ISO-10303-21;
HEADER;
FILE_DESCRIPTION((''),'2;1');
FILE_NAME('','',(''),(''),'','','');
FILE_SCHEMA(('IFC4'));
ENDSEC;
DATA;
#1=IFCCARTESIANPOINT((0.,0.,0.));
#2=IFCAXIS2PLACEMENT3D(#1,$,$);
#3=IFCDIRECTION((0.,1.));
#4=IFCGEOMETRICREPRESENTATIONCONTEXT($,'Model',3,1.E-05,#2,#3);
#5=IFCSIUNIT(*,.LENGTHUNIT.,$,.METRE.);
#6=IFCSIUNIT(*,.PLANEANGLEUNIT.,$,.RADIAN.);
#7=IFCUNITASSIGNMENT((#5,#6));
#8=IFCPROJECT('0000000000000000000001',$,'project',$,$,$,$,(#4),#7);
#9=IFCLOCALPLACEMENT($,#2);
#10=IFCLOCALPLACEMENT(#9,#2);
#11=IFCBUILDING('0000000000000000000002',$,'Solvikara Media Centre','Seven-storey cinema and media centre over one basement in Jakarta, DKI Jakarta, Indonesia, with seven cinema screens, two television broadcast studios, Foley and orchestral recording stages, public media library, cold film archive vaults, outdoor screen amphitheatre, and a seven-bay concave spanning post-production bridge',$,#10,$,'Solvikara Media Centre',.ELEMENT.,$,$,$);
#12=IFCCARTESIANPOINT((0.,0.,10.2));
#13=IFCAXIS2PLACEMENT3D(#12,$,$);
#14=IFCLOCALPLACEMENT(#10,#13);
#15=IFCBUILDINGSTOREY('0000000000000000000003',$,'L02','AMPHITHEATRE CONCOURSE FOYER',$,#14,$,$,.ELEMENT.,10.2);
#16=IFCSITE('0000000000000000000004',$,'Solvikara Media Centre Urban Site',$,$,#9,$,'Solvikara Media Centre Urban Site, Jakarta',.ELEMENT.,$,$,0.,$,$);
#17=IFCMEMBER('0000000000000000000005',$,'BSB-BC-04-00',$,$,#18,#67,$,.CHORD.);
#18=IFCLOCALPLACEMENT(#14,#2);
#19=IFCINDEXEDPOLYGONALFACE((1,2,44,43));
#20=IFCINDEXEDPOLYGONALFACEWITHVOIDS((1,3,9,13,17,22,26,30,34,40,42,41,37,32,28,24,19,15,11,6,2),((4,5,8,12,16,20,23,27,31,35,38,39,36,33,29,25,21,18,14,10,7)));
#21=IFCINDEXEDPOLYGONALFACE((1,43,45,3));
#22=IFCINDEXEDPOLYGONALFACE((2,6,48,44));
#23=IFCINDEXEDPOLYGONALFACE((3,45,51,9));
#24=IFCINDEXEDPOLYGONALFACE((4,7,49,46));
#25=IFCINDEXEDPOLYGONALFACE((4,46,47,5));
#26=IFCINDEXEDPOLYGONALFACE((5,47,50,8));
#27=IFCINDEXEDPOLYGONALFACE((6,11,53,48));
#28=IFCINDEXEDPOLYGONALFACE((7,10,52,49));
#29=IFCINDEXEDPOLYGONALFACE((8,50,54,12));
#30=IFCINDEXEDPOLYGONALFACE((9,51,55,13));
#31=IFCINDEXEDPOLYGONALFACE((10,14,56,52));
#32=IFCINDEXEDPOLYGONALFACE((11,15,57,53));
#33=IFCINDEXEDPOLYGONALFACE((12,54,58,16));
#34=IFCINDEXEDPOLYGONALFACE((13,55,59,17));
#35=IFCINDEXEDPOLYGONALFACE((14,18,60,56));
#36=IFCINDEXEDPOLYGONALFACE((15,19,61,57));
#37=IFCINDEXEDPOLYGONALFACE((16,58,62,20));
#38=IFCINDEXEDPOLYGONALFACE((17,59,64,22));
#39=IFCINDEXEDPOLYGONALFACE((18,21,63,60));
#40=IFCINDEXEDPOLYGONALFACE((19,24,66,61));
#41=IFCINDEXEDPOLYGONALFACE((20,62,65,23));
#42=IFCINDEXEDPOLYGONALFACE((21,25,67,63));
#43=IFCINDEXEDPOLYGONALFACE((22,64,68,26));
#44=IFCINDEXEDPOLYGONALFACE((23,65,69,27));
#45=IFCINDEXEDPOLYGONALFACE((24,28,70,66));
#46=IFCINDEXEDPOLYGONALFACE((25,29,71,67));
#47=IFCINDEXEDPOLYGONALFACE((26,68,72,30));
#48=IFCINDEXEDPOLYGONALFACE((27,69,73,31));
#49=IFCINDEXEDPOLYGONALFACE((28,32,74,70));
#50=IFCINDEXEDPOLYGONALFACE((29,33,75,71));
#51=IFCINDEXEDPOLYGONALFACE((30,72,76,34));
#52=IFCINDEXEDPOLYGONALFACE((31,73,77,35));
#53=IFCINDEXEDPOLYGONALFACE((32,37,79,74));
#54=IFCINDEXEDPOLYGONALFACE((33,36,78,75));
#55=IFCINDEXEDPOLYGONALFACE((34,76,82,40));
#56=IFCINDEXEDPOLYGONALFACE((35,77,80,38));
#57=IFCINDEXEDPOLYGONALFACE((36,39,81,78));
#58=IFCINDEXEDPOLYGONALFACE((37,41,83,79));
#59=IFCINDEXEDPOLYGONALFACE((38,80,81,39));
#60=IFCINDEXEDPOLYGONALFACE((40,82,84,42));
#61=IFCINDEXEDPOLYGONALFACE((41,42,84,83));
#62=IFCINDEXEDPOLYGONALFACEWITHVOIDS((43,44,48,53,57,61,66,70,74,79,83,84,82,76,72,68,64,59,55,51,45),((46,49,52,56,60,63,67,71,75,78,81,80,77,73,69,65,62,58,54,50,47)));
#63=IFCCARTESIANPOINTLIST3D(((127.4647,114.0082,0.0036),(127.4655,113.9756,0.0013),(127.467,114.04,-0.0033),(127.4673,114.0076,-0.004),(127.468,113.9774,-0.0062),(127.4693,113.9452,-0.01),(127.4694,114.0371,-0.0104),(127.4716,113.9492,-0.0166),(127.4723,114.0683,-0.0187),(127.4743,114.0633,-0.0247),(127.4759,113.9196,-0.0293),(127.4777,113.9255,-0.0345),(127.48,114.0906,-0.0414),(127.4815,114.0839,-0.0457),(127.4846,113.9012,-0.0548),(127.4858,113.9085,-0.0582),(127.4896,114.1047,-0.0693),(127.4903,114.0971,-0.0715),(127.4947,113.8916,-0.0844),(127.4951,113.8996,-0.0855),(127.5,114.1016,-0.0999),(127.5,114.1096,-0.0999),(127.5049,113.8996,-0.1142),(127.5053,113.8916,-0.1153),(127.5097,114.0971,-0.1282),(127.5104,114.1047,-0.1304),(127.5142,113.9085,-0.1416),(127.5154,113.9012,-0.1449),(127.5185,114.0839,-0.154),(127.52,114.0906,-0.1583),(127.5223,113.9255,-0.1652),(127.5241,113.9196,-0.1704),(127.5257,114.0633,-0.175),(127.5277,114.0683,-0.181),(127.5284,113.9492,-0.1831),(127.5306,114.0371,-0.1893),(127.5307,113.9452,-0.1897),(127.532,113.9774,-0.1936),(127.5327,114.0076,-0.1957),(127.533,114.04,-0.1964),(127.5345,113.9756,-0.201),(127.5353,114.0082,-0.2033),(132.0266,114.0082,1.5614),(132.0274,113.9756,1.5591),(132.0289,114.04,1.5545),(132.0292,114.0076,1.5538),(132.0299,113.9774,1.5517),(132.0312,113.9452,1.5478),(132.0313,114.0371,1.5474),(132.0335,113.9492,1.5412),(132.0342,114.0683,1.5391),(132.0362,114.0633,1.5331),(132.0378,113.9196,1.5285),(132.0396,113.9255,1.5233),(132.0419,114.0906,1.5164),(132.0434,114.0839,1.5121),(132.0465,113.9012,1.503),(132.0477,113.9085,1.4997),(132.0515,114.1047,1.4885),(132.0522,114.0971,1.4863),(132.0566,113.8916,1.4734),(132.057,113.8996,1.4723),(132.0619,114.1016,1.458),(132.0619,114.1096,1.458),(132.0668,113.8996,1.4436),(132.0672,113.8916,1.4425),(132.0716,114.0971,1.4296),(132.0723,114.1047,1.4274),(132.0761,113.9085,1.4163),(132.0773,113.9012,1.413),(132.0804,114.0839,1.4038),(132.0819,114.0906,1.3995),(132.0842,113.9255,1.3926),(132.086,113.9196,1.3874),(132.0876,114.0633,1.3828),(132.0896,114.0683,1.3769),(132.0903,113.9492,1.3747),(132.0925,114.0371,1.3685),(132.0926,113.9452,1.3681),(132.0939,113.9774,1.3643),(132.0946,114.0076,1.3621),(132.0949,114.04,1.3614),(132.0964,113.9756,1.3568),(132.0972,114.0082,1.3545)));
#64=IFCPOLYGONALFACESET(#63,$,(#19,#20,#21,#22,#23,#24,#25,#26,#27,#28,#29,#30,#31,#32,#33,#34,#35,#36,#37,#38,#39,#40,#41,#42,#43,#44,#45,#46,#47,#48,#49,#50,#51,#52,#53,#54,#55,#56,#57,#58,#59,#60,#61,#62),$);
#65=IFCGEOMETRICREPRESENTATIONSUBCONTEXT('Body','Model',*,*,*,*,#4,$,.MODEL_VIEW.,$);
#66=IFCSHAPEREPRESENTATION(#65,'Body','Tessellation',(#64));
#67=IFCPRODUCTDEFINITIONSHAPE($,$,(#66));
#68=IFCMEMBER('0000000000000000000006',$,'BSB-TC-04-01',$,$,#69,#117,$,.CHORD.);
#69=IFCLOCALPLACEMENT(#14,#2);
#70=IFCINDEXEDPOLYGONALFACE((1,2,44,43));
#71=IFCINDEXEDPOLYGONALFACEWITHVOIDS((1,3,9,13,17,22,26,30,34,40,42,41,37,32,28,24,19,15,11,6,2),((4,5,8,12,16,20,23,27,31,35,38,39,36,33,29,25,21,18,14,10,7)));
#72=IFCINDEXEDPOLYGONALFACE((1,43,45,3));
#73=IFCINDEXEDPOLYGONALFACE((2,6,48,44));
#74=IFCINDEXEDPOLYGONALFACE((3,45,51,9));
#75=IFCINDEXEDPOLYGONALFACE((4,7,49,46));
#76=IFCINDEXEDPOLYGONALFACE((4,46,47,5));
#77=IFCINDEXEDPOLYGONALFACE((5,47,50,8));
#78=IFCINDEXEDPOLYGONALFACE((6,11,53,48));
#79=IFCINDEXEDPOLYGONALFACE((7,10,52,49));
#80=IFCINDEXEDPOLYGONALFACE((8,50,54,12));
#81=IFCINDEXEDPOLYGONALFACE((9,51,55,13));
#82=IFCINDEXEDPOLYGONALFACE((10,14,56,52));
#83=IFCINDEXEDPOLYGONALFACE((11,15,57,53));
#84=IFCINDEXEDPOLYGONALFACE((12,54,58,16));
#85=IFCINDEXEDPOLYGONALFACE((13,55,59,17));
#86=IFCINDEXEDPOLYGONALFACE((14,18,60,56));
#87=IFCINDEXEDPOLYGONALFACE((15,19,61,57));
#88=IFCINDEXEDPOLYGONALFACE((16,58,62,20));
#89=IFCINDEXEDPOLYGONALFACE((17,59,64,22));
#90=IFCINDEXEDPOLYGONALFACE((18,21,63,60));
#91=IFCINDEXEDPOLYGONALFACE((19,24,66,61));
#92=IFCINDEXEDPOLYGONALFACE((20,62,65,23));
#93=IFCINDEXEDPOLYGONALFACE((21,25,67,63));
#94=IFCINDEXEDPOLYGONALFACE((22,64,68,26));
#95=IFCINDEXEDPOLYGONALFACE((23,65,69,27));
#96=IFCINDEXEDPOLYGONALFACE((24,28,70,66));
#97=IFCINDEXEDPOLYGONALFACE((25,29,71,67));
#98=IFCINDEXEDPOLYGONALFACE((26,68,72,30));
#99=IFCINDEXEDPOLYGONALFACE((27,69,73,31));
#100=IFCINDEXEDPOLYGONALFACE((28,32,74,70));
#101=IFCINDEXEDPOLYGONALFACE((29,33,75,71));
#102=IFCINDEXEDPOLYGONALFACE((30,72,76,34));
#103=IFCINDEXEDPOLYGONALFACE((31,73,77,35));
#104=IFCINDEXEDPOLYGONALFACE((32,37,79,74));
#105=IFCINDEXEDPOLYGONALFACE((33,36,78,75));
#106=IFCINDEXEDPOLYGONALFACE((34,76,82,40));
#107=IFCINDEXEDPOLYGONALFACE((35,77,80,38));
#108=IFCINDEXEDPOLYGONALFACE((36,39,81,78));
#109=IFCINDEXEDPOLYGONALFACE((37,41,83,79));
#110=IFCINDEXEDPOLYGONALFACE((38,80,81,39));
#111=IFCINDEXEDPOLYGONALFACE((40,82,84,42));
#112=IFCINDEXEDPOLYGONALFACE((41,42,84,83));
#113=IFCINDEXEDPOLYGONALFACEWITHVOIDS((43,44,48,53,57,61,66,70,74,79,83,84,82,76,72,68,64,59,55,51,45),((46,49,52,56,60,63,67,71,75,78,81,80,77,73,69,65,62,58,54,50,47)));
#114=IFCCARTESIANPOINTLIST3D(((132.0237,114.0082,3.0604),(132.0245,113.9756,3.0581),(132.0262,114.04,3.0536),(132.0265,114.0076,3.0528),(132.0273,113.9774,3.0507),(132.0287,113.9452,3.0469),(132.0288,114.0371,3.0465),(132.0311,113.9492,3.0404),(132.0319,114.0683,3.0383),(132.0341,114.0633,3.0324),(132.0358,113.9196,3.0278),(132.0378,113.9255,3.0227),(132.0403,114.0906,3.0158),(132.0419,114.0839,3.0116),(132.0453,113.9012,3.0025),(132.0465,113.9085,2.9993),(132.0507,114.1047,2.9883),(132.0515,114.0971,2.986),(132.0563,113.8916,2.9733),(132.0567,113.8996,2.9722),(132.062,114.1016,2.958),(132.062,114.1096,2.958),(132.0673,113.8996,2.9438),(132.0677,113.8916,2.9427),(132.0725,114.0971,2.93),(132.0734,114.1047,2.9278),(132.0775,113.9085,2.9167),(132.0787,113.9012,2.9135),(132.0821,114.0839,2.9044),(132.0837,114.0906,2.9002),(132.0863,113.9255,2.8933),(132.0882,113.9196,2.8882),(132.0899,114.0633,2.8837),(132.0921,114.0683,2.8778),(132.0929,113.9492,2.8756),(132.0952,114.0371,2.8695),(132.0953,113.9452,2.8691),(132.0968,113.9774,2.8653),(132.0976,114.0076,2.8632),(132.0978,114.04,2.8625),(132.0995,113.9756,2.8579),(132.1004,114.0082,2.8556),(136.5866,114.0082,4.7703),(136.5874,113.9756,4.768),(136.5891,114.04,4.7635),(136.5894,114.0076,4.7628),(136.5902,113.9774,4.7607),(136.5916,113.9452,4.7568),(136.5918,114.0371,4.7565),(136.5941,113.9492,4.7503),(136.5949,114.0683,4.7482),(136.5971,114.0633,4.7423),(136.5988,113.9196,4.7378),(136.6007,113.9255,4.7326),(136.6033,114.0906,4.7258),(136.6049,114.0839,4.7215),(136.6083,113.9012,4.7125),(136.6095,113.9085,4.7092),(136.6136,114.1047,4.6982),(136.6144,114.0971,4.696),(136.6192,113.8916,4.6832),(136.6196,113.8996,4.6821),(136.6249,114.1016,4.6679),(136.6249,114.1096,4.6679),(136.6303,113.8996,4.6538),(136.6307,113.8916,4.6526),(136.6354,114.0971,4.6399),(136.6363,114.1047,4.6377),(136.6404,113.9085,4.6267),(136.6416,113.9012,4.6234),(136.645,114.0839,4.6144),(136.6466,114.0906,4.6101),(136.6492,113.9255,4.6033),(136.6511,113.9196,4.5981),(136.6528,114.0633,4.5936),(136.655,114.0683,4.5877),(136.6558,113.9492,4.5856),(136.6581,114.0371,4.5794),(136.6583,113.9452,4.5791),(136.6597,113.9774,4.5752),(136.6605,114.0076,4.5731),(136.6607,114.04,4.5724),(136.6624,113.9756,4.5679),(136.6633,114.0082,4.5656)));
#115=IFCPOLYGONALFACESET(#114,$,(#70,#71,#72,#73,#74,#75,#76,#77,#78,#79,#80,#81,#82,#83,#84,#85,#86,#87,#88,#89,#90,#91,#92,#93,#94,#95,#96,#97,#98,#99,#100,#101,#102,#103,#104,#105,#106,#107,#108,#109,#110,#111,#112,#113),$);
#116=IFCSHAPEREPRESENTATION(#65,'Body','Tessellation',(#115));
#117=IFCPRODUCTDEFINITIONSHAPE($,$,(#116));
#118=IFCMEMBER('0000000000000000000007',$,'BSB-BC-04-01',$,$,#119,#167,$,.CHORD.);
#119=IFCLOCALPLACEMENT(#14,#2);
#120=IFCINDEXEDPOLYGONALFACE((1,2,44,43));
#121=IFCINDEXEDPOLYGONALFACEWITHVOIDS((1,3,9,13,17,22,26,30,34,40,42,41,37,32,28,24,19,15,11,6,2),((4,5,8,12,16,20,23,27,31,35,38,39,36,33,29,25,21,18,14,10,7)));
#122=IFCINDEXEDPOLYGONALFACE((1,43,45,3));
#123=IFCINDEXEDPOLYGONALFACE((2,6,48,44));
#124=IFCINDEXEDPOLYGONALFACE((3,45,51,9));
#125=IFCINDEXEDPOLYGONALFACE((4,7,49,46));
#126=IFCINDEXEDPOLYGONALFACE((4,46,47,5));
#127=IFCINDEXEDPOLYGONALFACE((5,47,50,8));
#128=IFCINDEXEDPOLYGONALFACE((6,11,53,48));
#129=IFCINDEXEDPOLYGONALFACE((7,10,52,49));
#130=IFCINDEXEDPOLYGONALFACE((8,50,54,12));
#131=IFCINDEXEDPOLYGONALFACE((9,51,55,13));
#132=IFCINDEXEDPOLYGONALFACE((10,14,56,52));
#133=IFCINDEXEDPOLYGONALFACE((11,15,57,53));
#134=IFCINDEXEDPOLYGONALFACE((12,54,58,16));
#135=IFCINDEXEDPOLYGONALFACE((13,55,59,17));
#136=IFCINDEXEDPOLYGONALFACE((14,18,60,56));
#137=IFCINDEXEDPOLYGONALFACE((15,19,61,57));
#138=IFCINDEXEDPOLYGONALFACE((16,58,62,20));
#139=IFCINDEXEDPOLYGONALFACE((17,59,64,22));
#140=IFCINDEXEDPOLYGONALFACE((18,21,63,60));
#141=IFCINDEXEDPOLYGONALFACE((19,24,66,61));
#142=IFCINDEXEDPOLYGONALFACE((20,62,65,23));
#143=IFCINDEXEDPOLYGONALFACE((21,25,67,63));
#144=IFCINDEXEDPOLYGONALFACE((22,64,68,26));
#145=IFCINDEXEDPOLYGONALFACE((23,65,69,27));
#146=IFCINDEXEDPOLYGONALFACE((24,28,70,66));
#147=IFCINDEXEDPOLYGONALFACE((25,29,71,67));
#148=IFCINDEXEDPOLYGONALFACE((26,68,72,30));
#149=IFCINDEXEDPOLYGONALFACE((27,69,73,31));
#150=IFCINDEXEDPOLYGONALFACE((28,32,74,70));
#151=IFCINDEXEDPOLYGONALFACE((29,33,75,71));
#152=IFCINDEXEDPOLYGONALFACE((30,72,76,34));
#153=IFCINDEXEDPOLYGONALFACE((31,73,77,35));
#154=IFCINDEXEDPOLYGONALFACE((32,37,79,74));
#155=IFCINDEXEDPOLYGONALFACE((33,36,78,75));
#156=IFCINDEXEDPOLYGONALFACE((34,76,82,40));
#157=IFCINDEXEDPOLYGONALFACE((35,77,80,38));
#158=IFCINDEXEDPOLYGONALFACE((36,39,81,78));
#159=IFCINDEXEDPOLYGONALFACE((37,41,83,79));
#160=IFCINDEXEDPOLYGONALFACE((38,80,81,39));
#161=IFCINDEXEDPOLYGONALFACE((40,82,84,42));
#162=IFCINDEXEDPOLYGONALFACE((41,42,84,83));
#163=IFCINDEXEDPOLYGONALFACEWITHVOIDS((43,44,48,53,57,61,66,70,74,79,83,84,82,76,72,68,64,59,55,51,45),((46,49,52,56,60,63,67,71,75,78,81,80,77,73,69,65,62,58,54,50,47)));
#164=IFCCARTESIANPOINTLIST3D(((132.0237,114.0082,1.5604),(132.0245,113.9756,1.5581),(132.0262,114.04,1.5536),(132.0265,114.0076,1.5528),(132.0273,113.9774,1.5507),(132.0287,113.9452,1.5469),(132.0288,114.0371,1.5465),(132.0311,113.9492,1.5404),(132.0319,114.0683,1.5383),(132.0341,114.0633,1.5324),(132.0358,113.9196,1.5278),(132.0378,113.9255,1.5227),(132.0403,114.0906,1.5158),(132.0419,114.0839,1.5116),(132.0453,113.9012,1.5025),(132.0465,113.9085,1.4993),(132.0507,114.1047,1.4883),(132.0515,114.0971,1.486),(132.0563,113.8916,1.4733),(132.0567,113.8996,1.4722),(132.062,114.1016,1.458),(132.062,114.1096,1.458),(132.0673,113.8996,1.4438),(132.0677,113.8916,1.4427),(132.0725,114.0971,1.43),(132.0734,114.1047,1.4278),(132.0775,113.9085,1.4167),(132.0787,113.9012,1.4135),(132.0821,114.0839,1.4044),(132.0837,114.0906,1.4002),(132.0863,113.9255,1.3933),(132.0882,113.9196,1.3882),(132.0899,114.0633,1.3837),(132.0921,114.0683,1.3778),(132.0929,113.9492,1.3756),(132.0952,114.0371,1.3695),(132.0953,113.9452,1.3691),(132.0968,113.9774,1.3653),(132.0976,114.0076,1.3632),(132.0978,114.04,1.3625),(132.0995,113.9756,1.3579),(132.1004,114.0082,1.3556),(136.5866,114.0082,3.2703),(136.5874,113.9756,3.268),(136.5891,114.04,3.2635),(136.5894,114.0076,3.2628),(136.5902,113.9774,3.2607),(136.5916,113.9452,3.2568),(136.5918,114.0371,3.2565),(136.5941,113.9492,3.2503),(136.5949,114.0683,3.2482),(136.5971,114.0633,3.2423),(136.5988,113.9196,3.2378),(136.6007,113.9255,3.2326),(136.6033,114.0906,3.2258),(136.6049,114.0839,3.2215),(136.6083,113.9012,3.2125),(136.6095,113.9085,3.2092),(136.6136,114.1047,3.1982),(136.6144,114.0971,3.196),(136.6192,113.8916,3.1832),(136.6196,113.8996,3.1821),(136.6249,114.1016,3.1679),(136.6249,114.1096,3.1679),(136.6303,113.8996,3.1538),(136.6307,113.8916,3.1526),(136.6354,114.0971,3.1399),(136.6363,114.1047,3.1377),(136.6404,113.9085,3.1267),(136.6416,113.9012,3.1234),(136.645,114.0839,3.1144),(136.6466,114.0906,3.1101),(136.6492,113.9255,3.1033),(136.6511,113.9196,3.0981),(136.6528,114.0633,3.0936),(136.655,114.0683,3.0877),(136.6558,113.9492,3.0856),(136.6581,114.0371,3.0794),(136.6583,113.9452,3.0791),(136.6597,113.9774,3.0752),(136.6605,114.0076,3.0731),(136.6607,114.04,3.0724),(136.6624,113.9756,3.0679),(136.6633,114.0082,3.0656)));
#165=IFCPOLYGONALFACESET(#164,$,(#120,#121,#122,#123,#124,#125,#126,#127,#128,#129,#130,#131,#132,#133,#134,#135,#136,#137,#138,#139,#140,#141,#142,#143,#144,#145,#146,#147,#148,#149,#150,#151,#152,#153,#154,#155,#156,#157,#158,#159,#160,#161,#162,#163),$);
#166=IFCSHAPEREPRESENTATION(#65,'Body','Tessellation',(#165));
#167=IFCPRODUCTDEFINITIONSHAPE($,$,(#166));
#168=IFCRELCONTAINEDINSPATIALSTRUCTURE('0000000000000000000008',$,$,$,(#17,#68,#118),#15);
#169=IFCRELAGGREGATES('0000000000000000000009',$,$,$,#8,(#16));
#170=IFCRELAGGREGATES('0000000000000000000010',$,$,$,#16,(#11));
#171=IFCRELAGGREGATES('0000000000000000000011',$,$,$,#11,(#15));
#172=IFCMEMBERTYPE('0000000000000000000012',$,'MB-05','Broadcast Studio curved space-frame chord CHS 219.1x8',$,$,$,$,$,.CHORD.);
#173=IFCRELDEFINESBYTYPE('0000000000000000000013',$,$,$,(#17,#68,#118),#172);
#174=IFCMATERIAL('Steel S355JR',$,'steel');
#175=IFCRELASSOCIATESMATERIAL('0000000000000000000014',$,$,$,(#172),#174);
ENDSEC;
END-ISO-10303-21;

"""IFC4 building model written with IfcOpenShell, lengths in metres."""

from ifc_helpers import new_model, si_unit, direction, frame, origin, origin_2d, place, context, subcontext, project, spatial, hollow_circle, extrude, material, material_profile, profile_set, type_object, element, save


model = new_model("IFC4")

# Units and contexts
model_context = context("Model", 3, precision=1e-05, world=origin(), true_north=direction((0.0, 1.0)))
body_context = subcontext(model_context, "Body", "Model", "MODEL_VIEW")
ifc_project = project(units=[si_unit("LENGTHUNIT", "METRE"), si_unit("PLANEANGLEUNIT", "RADIAN")], contexts=[model_context])

# Site, building, storey
site_placement = place(None, origin())
site = spatial("IfcSite", under=ifc_project, at=site_placement, Name="Solvikara Media Centre Urban Site", LongName="Solvikara Media Centre Urban Site, Jakarta", CompositionType="ELEMENT", RefElevation=0.0)
building_placement = place(site_placement, origin())
building = spatial("IfcBuilding", under=site, at=building_placement, Name="Solvikara Media Centre", Description="Seven-storey cinema and media centre over one basement in Jakarta, DKI Jakarta, Indonesia, with seven cinema screens, two television broadcast studios, Foley and orchestral recording stages, public media library, cold film archive vaults, outdoor screen amphitheatre, and a seven-bay concave spanning post-production bridge", LongName="Solvikara Media Centre", CompositionType="ELEMENT")
storey_placement = place(building_placement, frame((0.0, 0.0, 10.2)))
storey = spatial("IfcBuildingStorey", under=building, at=storey_placement, Name="L02", Description="AMPHITHEATRE CONCOURSE FOYER", CompositionType="ELEMENT", Elevation=10.2)

# Members
ifc_material_1 = material(Name="Steel S355JR", Category="steel")
ifc_material_profile_1 = material_profile(ifc_material_1, hollow_circle(Radius=0.1096, WallThickness=0.0081, at=origin_2d()), Name="CHS 219.1x8")
ifc_profile_set_1 = profile_set([ifc_material_profile_1], Name="Steel S355JR")
member_type_1 = type_object("IfcMemberType", Name="MB-05", Description="Broadcast Studio curved space-frame chord CHS 219.1x8", PredefinedType="CHORD", material=ifc_profile_set_1)
member_1_placement = place(storey_placement, frame((127.5, 114.0, -0.0999), z_axis=(0.946343, 0.0, 0.323163), x_axis=(0.0, 1.0, 0.0)))
element("IfcMember", 1, at=member_1_placement, inside=storey, type_object=member_type_1, Name="BSB-BC-04-00", PredefinedType="CHORD", context=body_context, shape_type="SweptSolid", body=[
    extrude(hollow_circle(Radius=0.1096, WallThickness=0.0081, at=origin_2d()), origin(), (0.0, 0.0, 1.0), 4.8206),
])
for number, where, z_axis, x_axis, name in (
    (2, (132.062, 114.0, 2.958), (0.936407, 0.0, 0.350915), (0.0, 1.0, 0.0), "BSB-TC-04-01"),
    (3, (132.062, 114.0, 1.458), (0.936407, 0.0, 0.350915), (0.0, 1.0, 0.0), "BSB-BC-04-01"),
):
    element("IfcMember", number, at=place(storey_placement, frame(where, z_axis=z_axis, x_axis=x_axis)), inside=storey, type_object=member_type_1, Name=name, PredefinedType="CHORD", context=body_context, shape_type="SweptSolid", body=[
        extrude(hollow_circle(Radius=0.1096, WallThickness=0.0081, at=origin_2d()), origin(), (0.0, 0.0, 1.0), 4.8728),
    ])

save(model, "model.ifc")
